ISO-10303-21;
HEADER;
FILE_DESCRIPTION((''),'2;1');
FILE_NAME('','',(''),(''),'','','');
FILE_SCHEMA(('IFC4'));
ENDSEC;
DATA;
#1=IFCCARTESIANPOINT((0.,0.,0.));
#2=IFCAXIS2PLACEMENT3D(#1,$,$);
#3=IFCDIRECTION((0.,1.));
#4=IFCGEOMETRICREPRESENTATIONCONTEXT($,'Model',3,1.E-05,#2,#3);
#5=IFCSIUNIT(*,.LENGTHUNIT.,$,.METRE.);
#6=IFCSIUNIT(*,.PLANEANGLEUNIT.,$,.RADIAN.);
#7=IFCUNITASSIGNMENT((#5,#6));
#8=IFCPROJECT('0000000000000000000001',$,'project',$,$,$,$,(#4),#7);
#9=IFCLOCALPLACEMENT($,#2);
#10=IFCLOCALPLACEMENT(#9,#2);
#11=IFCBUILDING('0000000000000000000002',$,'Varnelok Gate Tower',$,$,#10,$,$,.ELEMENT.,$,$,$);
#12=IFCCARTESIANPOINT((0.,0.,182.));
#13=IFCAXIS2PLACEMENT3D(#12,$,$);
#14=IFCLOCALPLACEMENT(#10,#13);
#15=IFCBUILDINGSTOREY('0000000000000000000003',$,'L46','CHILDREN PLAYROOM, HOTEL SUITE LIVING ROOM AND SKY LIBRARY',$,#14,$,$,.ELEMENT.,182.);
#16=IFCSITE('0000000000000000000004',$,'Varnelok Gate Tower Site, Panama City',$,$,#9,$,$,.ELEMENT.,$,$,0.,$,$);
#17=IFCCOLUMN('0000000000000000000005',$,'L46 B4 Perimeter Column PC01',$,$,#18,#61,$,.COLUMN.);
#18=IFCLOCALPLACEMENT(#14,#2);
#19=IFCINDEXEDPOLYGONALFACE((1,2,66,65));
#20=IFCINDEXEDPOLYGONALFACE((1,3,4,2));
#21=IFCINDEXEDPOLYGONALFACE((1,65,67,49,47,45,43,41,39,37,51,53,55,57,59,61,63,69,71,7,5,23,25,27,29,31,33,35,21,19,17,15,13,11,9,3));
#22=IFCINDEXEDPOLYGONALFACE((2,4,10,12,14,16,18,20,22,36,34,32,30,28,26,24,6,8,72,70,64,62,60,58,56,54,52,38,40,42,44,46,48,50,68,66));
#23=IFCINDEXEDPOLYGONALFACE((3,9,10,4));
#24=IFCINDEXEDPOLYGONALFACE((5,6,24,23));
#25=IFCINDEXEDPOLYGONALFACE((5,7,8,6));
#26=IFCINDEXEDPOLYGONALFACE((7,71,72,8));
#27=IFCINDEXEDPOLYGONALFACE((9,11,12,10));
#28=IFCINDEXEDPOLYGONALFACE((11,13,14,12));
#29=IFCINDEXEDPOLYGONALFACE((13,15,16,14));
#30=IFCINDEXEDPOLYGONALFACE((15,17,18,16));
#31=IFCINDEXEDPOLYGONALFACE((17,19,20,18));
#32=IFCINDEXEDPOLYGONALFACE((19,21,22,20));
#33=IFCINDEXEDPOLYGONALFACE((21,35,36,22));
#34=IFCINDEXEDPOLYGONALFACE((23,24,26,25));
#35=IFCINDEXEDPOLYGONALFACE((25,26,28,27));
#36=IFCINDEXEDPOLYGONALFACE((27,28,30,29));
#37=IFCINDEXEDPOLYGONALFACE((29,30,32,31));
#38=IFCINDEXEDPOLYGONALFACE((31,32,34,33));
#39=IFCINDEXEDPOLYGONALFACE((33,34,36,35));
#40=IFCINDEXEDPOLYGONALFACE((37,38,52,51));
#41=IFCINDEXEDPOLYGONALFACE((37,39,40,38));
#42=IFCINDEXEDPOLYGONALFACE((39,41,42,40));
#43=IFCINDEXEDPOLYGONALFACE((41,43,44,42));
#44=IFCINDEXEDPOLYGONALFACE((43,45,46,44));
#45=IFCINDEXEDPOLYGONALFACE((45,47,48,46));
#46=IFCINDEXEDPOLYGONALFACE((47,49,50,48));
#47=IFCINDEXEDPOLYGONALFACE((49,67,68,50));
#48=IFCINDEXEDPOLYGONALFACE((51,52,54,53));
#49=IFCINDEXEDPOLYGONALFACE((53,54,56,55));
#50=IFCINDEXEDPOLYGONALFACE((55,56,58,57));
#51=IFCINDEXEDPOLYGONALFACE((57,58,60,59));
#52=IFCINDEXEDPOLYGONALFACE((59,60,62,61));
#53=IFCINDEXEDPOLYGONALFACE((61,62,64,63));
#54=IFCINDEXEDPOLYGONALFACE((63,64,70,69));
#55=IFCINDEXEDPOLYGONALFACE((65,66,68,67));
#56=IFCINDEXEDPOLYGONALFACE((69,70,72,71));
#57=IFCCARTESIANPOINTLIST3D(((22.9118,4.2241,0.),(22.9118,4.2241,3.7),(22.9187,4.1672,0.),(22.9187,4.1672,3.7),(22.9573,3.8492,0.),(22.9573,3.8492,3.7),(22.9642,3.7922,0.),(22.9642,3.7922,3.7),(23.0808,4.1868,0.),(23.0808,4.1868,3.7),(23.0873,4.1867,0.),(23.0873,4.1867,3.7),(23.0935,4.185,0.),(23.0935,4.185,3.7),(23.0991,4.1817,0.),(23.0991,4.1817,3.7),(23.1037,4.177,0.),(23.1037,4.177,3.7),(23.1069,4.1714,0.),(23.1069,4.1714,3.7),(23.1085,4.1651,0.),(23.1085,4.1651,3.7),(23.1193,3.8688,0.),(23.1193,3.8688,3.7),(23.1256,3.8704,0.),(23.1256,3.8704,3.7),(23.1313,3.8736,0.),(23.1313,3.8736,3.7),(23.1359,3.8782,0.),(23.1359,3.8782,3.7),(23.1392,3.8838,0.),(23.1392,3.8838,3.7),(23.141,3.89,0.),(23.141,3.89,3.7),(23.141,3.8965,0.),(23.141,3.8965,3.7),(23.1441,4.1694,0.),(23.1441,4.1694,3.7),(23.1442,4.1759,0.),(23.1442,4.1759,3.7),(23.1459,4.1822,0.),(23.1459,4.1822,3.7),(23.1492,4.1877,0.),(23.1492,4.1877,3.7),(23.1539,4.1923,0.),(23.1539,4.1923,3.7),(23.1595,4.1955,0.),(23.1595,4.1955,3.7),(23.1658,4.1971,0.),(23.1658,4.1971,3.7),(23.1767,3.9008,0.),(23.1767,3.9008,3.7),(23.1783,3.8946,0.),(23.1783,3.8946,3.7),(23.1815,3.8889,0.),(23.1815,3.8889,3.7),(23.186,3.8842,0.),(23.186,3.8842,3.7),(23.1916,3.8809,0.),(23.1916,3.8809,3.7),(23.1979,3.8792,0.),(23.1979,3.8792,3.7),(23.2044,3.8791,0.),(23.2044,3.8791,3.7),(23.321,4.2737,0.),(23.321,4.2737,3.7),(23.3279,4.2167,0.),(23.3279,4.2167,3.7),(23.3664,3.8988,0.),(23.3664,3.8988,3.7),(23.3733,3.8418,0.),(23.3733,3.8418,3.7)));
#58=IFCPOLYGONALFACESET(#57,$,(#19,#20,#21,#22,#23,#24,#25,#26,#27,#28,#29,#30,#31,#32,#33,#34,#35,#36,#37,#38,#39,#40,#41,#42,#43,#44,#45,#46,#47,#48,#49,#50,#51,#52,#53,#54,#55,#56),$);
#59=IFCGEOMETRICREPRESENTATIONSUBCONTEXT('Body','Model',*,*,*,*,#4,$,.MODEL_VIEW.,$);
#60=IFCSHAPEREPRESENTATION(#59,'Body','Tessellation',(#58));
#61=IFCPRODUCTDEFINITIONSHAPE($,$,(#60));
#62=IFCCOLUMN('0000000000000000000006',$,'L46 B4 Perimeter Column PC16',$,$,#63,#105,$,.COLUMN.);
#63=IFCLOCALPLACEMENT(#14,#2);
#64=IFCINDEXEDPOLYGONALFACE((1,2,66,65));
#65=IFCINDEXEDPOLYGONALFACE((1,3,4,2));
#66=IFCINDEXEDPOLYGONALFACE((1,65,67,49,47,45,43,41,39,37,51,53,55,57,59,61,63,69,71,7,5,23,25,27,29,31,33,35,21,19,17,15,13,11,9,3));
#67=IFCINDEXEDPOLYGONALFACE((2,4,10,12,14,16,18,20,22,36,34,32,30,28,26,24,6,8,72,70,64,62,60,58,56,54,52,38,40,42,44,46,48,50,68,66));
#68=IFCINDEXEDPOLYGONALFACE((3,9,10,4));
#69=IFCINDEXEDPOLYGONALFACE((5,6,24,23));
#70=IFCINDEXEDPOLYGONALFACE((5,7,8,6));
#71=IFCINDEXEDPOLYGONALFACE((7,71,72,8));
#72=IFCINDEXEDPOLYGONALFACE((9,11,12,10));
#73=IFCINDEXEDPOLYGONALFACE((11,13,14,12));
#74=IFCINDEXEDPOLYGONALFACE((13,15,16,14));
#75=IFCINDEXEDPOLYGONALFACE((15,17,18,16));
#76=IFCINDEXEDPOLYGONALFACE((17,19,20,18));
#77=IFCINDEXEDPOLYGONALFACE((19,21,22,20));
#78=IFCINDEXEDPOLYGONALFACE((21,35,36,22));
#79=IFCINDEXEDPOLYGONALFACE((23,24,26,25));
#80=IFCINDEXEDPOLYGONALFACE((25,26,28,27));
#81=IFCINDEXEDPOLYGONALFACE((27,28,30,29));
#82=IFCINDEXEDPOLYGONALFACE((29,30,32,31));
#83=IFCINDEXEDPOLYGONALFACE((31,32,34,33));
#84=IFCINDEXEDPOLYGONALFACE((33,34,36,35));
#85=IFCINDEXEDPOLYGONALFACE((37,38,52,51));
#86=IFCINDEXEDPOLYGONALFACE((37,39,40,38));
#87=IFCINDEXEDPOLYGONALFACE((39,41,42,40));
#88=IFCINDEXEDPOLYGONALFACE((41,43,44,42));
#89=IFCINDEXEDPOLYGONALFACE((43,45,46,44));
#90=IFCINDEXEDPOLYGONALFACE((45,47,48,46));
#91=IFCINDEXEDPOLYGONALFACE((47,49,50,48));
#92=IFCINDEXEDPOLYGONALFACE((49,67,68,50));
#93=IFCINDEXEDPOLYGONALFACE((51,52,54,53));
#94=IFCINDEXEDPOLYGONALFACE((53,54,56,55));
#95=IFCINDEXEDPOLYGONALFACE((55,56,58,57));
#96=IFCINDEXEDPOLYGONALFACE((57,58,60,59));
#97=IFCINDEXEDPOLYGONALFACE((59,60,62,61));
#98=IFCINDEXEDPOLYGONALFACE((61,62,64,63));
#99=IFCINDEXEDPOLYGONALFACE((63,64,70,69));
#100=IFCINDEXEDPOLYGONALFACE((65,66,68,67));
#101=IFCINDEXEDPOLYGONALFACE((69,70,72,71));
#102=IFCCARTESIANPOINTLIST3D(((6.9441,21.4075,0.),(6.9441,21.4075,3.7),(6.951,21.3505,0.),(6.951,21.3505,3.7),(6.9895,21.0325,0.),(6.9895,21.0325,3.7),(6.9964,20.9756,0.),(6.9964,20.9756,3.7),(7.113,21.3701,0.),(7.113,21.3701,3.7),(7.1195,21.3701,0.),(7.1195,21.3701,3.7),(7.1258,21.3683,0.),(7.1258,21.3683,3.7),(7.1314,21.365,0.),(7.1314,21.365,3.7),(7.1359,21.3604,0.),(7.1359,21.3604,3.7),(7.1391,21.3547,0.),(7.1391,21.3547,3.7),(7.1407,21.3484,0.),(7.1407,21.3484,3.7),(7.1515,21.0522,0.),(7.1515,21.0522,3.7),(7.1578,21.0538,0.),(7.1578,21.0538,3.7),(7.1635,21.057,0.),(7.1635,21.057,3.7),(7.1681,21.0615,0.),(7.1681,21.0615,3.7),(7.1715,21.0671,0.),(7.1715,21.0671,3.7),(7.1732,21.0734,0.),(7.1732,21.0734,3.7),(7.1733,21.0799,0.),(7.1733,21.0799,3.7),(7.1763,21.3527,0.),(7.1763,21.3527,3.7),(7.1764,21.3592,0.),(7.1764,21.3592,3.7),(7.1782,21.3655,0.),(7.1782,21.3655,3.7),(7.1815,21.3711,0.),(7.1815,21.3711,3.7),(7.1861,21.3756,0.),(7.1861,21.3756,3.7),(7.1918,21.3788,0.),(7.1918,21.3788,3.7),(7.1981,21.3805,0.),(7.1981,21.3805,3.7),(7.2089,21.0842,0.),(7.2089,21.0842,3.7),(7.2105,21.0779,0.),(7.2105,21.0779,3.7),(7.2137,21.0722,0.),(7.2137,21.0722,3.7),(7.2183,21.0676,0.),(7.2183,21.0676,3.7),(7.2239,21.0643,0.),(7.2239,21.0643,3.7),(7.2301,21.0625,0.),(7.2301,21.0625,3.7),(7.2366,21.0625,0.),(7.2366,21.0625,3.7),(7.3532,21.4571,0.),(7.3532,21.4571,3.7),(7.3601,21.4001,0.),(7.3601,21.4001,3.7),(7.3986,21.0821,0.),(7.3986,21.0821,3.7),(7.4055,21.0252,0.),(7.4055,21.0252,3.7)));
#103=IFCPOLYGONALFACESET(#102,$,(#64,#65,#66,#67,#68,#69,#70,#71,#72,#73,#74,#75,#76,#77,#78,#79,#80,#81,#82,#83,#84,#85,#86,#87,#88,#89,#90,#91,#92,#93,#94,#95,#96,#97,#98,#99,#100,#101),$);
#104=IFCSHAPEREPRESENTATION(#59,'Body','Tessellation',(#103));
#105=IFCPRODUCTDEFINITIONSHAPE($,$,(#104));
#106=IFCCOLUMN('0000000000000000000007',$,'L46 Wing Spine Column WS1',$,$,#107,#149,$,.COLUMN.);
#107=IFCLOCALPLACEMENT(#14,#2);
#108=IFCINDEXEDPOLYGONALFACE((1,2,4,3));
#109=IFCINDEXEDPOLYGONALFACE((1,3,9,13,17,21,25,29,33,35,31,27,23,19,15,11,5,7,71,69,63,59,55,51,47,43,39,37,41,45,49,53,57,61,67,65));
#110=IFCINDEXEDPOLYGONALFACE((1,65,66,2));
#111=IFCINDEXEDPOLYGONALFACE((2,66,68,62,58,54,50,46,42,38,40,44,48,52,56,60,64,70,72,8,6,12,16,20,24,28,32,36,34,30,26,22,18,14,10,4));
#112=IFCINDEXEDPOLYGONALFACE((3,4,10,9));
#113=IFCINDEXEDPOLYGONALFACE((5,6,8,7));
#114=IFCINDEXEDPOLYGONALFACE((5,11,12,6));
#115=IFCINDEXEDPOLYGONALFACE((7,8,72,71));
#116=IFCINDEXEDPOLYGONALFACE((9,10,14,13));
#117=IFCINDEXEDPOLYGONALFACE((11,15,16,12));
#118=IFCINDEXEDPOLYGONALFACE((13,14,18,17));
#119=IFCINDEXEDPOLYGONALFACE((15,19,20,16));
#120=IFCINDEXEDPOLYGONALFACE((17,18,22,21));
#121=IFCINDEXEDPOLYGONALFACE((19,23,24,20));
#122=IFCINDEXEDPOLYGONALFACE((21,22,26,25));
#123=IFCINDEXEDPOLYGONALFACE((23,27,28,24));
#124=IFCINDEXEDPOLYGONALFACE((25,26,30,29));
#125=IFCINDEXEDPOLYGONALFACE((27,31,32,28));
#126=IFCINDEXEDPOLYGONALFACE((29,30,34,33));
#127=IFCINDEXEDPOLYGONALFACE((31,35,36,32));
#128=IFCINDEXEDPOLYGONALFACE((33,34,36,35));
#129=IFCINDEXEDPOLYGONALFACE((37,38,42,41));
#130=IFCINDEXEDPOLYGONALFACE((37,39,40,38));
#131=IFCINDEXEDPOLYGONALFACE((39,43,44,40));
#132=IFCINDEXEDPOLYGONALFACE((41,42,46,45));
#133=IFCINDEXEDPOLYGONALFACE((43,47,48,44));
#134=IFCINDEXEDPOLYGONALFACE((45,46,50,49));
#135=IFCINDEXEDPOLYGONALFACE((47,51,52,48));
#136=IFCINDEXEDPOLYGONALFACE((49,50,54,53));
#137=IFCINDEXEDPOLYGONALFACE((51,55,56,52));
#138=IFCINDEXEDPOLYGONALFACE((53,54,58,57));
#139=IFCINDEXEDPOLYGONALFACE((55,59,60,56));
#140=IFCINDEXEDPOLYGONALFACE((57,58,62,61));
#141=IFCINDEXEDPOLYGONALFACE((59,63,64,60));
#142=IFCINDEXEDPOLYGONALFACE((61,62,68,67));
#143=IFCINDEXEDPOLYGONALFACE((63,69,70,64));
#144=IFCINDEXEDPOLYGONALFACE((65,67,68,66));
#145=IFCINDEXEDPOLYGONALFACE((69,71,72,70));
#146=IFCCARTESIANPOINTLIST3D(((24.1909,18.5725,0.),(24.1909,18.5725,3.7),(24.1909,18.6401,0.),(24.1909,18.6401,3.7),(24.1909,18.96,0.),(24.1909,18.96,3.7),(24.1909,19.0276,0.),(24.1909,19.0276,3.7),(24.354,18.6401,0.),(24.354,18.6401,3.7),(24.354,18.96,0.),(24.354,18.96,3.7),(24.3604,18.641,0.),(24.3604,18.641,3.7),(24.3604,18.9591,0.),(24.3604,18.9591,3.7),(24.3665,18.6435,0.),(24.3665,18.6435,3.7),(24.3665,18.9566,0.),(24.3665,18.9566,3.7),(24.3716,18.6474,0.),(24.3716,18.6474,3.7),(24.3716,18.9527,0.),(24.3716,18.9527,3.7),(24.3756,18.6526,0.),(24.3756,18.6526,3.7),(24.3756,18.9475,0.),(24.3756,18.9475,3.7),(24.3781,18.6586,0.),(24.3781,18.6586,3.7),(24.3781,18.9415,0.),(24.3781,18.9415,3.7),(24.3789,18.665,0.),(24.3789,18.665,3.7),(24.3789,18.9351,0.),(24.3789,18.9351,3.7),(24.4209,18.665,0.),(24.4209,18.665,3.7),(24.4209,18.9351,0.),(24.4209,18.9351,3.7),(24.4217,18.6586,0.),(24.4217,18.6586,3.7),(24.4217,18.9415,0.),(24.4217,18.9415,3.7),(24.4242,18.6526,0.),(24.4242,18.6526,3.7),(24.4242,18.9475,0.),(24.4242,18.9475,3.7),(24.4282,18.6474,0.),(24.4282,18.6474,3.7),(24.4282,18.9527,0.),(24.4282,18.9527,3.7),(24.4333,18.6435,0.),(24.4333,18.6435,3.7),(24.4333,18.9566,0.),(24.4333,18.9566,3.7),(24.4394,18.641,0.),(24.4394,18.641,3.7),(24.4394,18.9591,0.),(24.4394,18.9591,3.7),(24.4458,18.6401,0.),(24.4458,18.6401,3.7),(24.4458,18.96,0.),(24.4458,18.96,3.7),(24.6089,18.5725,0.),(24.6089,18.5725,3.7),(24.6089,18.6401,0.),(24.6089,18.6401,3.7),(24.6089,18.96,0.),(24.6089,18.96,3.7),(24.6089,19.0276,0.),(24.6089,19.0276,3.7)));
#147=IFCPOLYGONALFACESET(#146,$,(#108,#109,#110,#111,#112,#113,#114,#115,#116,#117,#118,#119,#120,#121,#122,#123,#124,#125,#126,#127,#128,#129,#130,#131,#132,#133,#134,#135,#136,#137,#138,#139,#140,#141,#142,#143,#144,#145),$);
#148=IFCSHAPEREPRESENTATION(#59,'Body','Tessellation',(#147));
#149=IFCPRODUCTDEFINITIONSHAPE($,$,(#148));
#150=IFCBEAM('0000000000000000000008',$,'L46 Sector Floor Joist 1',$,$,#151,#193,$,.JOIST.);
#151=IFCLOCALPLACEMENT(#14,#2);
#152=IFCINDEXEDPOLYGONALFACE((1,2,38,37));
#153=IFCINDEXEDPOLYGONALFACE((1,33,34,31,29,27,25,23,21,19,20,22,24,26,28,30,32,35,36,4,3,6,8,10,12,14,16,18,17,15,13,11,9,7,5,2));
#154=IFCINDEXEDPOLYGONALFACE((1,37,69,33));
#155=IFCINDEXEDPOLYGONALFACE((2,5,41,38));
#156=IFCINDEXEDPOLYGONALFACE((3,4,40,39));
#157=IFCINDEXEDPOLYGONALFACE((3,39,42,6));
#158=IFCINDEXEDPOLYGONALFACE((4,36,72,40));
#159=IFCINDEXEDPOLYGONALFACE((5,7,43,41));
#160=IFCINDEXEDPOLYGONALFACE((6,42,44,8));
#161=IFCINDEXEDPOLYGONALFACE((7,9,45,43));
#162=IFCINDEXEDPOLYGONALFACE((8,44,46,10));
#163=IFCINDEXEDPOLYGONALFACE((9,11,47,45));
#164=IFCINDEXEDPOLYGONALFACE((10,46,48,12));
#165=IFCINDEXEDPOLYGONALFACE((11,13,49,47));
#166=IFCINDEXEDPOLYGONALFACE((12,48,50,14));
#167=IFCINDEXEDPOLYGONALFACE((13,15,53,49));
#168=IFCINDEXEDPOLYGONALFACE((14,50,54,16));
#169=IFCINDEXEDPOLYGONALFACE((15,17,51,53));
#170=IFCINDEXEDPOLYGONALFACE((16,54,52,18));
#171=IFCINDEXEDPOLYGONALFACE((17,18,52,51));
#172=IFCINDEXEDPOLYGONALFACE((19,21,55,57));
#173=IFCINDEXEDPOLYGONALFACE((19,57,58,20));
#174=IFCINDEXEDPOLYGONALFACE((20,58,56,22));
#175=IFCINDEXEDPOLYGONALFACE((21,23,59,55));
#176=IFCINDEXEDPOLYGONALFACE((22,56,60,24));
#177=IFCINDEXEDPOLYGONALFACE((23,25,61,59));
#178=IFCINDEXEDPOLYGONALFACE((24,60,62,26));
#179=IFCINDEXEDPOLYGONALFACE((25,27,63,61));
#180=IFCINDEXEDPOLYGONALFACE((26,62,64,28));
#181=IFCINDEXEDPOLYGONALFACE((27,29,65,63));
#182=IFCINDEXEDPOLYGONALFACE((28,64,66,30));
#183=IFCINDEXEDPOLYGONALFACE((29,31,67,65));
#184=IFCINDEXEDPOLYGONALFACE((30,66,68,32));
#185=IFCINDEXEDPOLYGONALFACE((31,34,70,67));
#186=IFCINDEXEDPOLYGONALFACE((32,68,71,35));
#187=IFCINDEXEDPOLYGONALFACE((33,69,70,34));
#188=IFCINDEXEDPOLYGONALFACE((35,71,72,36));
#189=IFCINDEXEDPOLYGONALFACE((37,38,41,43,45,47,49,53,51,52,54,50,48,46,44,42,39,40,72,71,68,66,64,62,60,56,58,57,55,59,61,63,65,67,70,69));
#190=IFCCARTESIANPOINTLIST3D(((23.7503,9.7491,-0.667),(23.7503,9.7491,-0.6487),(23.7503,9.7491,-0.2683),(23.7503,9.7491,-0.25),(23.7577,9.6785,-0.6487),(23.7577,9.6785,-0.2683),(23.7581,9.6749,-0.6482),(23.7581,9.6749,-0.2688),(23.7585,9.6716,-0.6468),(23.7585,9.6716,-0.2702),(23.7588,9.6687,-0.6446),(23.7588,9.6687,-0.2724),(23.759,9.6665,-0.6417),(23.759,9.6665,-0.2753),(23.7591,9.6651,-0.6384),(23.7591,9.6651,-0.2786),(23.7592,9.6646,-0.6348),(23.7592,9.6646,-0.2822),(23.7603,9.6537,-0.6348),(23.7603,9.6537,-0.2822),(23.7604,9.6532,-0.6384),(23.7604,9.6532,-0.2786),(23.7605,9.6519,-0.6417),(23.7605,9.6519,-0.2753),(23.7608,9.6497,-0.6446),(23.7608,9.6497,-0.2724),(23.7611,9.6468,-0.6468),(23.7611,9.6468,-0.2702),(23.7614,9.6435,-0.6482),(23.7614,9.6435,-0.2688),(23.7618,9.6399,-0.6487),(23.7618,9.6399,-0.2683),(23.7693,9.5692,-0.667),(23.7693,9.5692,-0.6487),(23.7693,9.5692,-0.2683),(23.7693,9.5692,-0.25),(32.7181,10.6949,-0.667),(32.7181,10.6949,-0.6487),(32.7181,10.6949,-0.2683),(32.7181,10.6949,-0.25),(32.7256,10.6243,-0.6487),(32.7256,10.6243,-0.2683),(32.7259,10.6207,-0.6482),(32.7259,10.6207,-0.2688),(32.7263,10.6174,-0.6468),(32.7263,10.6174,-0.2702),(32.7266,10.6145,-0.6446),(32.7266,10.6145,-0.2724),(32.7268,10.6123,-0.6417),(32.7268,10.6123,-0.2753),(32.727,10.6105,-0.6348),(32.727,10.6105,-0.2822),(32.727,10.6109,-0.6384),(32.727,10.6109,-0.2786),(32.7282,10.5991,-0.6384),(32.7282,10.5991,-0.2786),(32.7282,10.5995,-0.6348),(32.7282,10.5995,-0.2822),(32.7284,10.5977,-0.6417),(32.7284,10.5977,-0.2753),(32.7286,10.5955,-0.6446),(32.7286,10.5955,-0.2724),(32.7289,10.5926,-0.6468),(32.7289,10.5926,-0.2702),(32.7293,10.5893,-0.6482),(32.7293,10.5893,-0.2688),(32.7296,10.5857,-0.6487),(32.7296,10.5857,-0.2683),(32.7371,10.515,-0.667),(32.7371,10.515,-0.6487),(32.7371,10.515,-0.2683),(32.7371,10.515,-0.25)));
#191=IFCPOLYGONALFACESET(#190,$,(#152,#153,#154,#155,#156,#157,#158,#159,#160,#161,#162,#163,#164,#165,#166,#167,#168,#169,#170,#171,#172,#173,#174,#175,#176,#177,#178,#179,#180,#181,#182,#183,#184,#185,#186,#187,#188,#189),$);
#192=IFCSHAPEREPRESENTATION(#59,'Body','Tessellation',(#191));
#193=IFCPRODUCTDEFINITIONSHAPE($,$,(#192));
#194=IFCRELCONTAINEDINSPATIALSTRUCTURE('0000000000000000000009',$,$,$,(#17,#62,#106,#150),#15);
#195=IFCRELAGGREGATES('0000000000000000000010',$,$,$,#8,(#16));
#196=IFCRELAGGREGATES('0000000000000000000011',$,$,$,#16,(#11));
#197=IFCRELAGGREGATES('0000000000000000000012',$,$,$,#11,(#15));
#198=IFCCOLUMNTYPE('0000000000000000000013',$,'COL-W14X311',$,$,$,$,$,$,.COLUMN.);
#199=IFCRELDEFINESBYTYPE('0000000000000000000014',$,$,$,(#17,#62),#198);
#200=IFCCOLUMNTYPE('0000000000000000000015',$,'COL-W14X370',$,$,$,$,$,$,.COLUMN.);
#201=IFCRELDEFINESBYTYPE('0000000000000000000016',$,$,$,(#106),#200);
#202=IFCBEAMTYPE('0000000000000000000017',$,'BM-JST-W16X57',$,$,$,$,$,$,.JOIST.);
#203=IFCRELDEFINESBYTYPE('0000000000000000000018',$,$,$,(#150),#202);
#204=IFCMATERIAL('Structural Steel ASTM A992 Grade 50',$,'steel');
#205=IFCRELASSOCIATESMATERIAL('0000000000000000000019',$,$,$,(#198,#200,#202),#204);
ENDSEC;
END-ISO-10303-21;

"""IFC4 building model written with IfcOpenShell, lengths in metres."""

from ifc_helpers import new_model, si_unit, direction, frame, origin, origin_2d, place, context, subcontext, project, spatial, i_section, extrude, material, material_profile, profile_set, type_object, element, save


model = new_model("IFC4")

# Units and contexts
model_context = context("Model", 3, precision=1e-05, world=origin(), true_north=direction((0.0, 1.0)))
body_context = subcontext(model_context, "Body", "Model", "MODEL_VIEW")
ifc_project = project(units=[si_unit("LENGTHUNIT", "METRE"), si_unit("PLANEANGLEUNIT", "RADIAN")], contexts=[model_context])

# Site, building, storey
site_placement = place(None, origin())
site = spatial("IfcSite", under=ifc_project, at=site_placement, Name="Varnelok Gate Tower Site, Panama City", CompositionType="ELEMENT", RefElevation=0.0)
building_placement = place(site_placement, origin())
building = spatial("IfcBuilding", under=site, at=building_placement, Name="Varnelok Gate Tower", CompositionType="ELEMENT")
storey_placement = place(building_placement, frame((0.0, 0.0, 182.0)))
storey = spatial("IfcBuildingStorey", under=building, at=storey_placement, Name="L46", Description="CHILDREN PLAYROOM, HOTEL SUITE LIVING ROOM AND SKY LIBRARY", CompositionType="ELEMENT", Elevation=182.0)

# Columns
ifc_material_1 = material(Name="Structural Steel ASTM A992 Grade 50", Category="steel")
ifc_material_profile_1 = material_profile(ifc_material_1, i_section(OverallWidth=0.4121, OverallDepth=0.4351, WebThickness=0.0359, FlangeThickness=0.0574, FilletRadius=0.0249, at=origin_2d()), Name="W14X311")
ifc_profile_set_1 = profile_set([ifc_material_profile_1], Name="Structural Steel ASTM A992 Grade 50")
column_type_1 = type_object("IfcColumnType", Name="COL-W14X311", PredefinedType="COLUMN", material=ifc_profile_set_1)
for number, where, z_axis, x_axis, name in (
    (1, (23.1426, 4.033, 0.0), (0.0, 0.0, 1.0), (0.992732, 0.120345, 0.0), "L46 B4 Perimeter Column PC01"),
    (2, (7.1748, 21.2163, 0.0), (0.0, 0.0, 1.0), (0.992732, 0.120345, 0.0), "L46 B4 Perimeter Column PC16"),
):
    element("IfcColumn", number, at=place(storey_placement, frame(where, z_axis=z_axis, x_axis=x_axis)), inside=storey, type_object=column_type_1, Name=name, PredefinedType="COLUMN", context=body_context, shape_type="SweptSolid", body=[
        extrude(i_section(OverallWidth=0.4121, OverallDepth=0.4351, WebThickness=0.0359, FlangeThickness=0.0574, FilletRadius=0.0249, at=origin_2d()), origin(), (0.0, 0.0, 1.0), 3.7),
    ])
ifc_material_profile_2 = material_profile(ifc_material_1, i_section(OverallWidth=0.418, OverallDepth=0.4551, WebThickness=0.042, FlangeThickness=0.0676, FilletRadius=0.0249, at=origin_2d()), Name="W14X370")
ifc_profile_set_2 = profile_set([ifc_material_profile_2], Name="Structural Steel ASTM A992 Grade 50")
column_type_2 = type_object("IfcColumnType", Name="COL-W14X370", PredefinedType="COLUMN", material=ifc_profile_set_2)
column_placement = place(storey_placement, frame((24.3999, 18.8, 0.0), z_axis=(0.0, 0.0, 1.0), x_axis=(1.0, 0.0, 0.0)))
element("IfcColumn", 3, at=column_placement, inside=storey, type_object=column_type_2, Name="L46 Wing Spine Column WS1", PredefinedType="COLUMN", context=body_context, shape_type="SweptSolid", body=[
    extrude(i_section(OverallWidth=0.418, OverallDepth=0.4551, WebThickness=0.042, FlangeThickness=0.0676, FilletRadius=0.0249, at=origin_2d()), origin(), (0.0, 0.0, 1.0), 3.7),
])

# Beam
ifc_material_profile_3 = material_profile(ifc_material_1, i_section(OverallWidth=0.1809, OverallDepth=0.417, WebThickness=0.011, FlangeThickness=0.0183, FilletRadius=0.0139, at=origin_2d()), Name="W16X57")
ifc_profile_set_3 = profile_set([ifc_material_profile_3], Name="Structural Steel ASTM A992 Grade 50")
beam_type_1 = type_object("IfcBeamType", Name="BM-JST-W16X57", PredefinedType="JOIST", material=ifc_profile_set_3)
beam_1_placement = place(storey_placement, frame((23.7598, 9.6592, -0.4585), z_axis=(0.994484, 0.104885, 0.0), x_axis=(-0.104885, 0.994484, 0.0)))
element("IfcBeam", 4, at=beam_1_placement, inside=storey, type_object=beam_type_1, Name="L46 Sector Floor Joist 1", PredefinedType="JOIST", context=body_context, shape_type="SweptSolid", body=[
    extrude(i_section(OverallWidth=0.1809, OverallDepth=0.417, WebThickness=0.011, FlangeThickness=0.0183, FilletRadius=0.0139, at=origin_2d()), origin(), (0.0, 0.0, 1.0), 9.0176),
])

save(model, "model.ifc")
